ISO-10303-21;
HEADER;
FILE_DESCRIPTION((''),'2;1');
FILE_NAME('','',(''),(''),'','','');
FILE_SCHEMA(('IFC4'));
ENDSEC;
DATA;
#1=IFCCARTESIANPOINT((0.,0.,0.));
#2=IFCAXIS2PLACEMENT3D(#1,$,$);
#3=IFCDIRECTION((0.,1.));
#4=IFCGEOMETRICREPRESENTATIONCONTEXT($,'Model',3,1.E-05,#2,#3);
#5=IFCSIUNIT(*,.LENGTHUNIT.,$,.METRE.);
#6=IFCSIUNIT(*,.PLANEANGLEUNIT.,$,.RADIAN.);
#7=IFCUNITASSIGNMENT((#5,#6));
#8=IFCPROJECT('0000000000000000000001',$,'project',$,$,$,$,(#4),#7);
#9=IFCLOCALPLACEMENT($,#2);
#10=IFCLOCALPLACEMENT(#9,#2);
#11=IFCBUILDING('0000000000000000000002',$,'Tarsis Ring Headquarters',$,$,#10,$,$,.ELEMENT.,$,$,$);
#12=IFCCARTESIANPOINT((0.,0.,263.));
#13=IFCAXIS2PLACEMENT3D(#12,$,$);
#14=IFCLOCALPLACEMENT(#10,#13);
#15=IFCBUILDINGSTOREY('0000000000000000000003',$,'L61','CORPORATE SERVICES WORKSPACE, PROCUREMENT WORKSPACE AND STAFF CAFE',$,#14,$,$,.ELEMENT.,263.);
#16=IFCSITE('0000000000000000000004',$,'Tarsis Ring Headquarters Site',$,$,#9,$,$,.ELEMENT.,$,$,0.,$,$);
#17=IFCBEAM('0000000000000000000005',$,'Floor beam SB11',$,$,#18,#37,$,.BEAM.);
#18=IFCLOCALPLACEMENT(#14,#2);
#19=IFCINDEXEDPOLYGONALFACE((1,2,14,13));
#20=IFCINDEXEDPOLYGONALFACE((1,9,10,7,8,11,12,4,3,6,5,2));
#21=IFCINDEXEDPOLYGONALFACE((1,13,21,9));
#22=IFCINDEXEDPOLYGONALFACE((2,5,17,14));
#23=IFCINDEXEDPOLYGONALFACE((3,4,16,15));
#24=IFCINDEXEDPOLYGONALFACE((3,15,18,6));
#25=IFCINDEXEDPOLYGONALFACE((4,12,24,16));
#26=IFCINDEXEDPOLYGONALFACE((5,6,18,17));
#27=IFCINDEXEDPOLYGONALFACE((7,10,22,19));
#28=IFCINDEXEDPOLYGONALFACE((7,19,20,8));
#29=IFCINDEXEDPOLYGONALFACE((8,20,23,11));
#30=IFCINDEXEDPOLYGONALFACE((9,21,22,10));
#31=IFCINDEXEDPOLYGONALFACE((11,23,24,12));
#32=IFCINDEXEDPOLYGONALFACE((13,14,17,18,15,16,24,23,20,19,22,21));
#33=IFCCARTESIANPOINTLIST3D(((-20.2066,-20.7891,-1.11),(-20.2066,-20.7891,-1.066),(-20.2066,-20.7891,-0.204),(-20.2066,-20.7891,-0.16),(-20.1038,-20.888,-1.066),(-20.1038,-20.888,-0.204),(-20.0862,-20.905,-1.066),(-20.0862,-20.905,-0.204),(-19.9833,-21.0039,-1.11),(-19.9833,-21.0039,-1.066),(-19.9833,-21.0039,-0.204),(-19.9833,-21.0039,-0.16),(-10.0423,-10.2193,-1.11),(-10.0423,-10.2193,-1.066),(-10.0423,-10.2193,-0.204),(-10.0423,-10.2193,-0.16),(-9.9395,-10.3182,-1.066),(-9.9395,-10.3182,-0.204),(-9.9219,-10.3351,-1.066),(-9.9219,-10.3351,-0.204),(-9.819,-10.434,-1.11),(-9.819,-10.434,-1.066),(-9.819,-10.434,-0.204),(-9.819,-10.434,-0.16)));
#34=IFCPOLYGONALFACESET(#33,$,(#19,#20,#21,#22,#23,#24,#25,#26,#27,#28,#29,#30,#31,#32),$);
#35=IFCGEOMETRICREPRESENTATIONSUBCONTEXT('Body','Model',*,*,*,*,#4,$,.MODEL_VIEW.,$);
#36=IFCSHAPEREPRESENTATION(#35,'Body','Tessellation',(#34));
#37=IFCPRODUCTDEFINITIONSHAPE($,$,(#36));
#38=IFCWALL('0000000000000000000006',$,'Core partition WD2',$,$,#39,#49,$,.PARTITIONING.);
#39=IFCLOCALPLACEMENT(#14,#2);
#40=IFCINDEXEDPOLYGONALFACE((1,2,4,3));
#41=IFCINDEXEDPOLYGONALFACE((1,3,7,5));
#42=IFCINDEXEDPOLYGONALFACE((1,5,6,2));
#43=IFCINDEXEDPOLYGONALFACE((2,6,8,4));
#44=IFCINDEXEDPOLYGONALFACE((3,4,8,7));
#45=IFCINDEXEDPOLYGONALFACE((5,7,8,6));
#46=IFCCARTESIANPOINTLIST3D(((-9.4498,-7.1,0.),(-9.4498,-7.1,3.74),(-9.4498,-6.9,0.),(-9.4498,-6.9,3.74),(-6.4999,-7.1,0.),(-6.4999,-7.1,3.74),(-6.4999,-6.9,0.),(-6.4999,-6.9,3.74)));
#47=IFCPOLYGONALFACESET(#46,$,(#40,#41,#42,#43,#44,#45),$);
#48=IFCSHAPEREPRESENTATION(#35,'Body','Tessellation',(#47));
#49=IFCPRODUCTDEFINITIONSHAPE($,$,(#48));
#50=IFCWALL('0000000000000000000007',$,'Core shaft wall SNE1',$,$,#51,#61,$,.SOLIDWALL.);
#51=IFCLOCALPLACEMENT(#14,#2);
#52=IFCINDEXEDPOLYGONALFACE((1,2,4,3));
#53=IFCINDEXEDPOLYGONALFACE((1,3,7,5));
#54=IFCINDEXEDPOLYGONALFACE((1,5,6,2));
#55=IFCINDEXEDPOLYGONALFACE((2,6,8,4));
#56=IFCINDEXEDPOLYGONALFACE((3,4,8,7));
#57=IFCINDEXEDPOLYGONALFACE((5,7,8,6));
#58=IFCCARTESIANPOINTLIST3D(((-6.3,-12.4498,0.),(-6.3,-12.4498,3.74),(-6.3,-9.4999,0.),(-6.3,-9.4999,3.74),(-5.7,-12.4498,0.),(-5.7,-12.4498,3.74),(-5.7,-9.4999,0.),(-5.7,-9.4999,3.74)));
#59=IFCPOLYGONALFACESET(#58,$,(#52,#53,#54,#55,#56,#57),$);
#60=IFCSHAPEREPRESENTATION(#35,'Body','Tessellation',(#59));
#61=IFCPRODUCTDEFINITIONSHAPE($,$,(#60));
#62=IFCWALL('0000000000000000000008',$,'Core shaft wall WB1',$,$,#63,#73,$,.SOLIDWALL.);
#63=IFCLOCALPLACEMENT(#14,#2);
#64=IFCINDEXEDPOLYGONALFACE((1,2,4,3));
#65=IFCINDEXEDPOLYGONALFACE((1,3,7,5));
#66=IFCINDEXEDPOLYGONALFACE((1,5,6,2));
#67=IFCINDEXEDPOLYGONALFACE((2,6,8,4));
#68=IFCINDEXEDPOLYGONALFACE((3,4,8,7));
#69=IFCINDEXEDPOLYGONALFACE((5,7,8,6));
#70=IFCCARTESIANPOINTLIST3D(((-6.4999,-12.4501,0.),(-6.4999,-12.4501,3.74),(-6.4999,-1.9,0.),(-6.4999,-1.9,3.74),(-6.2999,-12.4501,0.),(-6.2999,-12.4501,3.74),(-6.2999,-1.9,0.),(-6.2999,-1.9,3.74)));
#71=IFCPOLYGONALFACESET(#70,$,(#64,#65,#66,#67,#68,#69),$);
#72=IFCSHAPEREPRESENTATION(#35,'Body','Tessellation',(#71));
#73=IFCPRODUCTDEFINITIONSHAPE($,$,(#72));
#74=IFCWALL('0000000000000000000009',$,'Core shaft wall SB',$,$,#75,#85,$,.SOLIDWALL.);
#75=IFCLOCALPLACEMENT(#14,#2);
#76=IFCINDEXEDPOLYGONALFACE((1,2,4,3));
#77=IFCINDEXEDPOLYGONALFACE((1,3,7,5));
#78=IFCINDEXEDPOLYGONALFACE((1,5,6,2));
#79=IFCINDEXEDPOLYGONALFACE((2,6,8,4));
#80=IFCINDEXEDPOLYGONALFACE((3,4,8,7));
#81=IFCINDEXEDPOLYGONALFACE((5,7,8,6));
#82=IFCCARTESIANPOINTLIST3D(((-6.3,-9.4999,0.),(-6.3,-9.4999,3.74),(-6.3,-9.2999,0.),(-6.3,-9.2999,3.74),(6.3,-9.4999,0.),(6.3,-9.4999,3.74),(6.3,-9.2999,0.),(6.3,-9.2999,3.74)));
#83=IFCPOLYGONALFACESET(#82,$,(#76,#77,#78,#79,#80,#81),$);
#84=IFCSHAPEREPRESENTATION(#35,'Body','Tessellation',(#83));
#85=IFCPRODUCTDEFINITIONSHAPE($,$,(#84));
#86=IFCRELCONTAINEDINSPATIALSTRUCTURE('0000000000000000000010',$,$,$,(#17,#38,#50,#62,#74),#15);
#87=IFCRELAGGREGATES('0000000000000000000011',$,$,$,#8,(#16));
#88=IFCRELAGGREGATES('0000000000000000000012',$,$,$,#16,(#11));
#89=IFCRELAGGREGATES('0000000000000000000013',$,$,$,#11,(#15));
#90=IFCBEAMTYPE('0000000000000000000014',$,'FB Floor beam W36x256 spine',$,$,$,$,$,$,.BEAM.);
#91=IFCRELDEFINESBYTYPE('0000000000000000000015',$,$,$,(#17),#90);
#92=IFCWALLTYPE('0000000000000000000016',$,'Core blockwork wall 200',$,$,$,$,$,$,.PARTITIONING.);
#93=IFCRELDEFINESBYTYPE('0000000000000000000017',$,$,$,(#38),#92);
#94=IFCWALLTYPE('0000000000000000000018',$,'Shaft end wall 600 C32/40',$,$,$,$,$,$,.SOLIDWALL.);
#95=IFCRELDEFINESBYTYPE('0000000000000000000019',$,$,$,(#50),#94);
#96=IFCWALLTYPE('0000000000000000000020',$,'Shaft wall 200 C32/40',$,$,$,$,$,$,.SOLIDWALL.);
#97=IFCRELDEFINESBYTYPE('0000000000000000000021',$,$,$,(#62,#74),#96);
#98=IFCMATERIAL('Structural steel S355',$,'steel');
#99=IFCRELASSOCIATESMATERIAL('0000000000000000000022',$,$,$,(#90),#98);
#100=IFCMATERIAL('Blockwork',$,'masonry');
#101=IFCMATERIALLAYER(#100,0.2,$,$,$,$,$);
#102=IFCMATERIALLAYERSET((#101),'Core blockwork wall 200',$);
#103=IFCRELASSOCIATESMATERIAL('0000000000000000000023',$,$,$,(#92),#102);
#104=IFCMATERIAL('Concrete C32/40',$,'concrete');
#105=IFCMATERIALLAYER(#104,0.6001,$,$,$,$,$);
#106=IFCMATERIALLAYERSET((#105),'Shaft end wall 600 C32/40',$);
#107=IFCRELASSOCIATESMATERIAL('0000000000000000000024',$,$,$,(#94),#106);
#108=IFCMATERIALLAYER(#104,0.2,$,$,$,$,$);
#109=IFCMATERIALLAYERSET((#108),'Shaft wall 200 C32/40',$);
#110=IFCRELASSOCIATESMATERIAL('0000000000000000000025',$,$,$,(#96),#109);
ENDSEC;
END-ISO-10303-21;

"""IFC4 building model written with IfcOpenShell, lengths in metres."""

from ifc_helpers import new_model, si_unit, direction, frame, frame_2d, origin, origin_2d, place, context, subcontext, project, spatial, rectangle, i_section, extrude, material, layer, layer_set, material_profile, profile_set, type_object, element, save


model = new_model("IFC4")

# Units and contexts
model_context = context("Model", 3, precision=1e-05, world=origin(), true_north=direction((0.0, 1.0)))
body_context = subcontext(model_context, "Body", "Model", "MODEL_VIEW")
ifc_project = project(units=[si_unit("LENGTHUNIT", "METRE"), si_unit("PLANEANGLEUNIT", "RADIAN")], contexts=[model_context])

# Site, building, storey
site_placement = place(None, origin())
site = spatial("IfcSite", under=ifc_project, at=site_placement, Name="Tarsis Ring Headquarters Site", CompositionType="ELEMENT", RefElevation=0.0)
building_placement = place(site_placement, origin())
building = spatial("IfcBuilding", under=site, at=building_placement, Name="Tarsis Ring Headquarters", CompositionType="ELEMENT")
storey_placement = place(building_placement, frame((0.0, 0.0, 263.0)))
storey = spatial("IfcBuildingStorey", under=building, at=storey_placement, Name="L61", Description="CORPORATE SERVICES WORKSPACE, PROCUREMENT WORKSPACE AND STAFF CAFE", CompositionType="ELEMENT", Elevation=263.0)

# Beam
ifc_material_1 = material(Name="Structural steel S355", Category="steel")
ifc_material_profile = material_profile(ifc_material_1, i_section(OverallWidth=0.3098, OverallDepth=0.95, WebThickness=0.0244, FlangeThickness=0.0439, at=origin_2d()), Name="W36x256")
ifc_profile_set = profile_set([ifc_material_profile], Name="Structural steel S355")
beam_type = type_object("IfcBeamType", Name="FB Floor beam W36x256 spine", PredefinedType="BEAM", material=ifc_profile_set)
beam_placement = place(storey_placement, frame((-9.9307, -10.3267, -0.635), z_axis=(-0.693145, -0.720799, 0.0), x_axis=(0.720799, -0.693145, 0.0)))
element("IfcBeam", 1, at=beam_placement, inside=storey, type_object=beam_type, Name="Floor beam SB11", PredefinedType="BEAM", context=body_context, shape_type="SweptSolid", body=[
    extrude(i_section(OverallWidth=0.3098, OverallDepth=0.95, WebThickness=0.0244, FlangeThickness=0.0439, at=origin_2d()), origin(), (0.0, 0.0, 1.0), 14.6641),
])

# Walls
ifc_material_2 = material(Name="Blockwork", Category="masonry")
ifc_layer_1 = layer(ifc_material_2, 0.2)
ifc_layer_set_1 = layer_set([ifc_layer_1], Name="Core blockwork wall 200")
wall_type_1 = type_object("IfcWallType", Name="Core blockwork wall 200", PredefinedType="PARTITIONING", material=ifc_layer_set_1)
wall_1_placement = place(storey_placement, frame((-9.45, -7.0, 0.0), z_axis=(0.0, 0.0, 1.0), x_axis=(1.0, 0.0, 0.0)))
element("IfcWall", 2, at=wall_1_placement, inside=storey, type_object=wall_type_1, Name="Core partition WD2", PredefinedType="PARTITIONING", context=body_context, shape_type="SweptSolid", body=[
    extrude(rectangle(XDim=2.95, YDim=0.2, at=frame_2d((1.4751, 0.0))), origin(), (0.0, 0.0, 1.0), 3.74),
])
ifc_material_3 = material(Name="Concrete C32/40", Category="concrete")
ifc_layer_2 = layer(ifc_material_3, 0.6001)
ifc_layer_set_2 = layer_set([ifc_layer_2], Name="Shaft end wall 600 C32/40")
wall_type_2 = type_object("IfcWallType", Name="Shaft end wall 600 C32/40", PredefinedType="SOLIDWALL", material=ifc_layer_set_2)
wall_2_placement = place(storey_placement, frame((-6.0, -12.45, 0.0), z_axis=(0.0, 0.0, 1.0), x_axis=(0.0, 1.0, 0.0)))
element("IfcWall", 3, at=wall_2_placement, inside=storey, type_object=wall_type_2, Name="Core shaft wall SNE1", PredefinedType="SOLIDWALL", context=body_context, shape_type="SweptSolid", body=[
    extrude(rectangle(XDim=2.95, YDim=0.6001, at=frame_2d((1.4751, 0.0))), origin(), (0.0, 0.0, 1.0), 3.74),
])
ifc_layer_3 = layer(ifc_material_3, 0.2)
ifc_layer_set_3 = layer_set([ifc_layer_3], Name="Shaft wall 200 C32/40")
wall_type_3 = type_object("IfcWallType", Name="Shaft wall 200 C32/40", PredefinedType="SOLIDWALL", material=ifc_layer_set_3)
wall_3_placement = place(storey_placement, frame((-6.3999, -12.45, 0.0), z_axis=(0.0, 0.0, 1.0), x_axis=(0.0, 1.0, 0.0)))
element("IfcWall", 4, at=wall_3_placement, inside=storey, type_object=wall_type_3, Name="Core shaft wall WB1", PredefinedType="SOLIDWALL", context=body_context, shape_type="SweptSolid", body=[
    extrude(rectangle(XDim=10.55, YDim=0.2, at=frame_2d((5.2749, 0.0))), origin(), (0.0, 0.0, 1.0), 3.74),
])
wall_4_placement = place(storey_placement, frame((-6.3, -9.3999, 0.0), z_axis=(0.0, 0.0, 1.0), x_axis=(1.0, 0.0, 0.0)))
element("IfcWall", 5, at=wall_4_placement, inside=storey, type_object=wall_type_3, Name="Core shaft wall SB", PredefinedType="SOLIDWALL", context=body_context, shape_type="SweptSolid", body=[
    extrude(rectangle(XDim=12.6001, YDim=0.2, at=frame_2d((6.3, 0.0))), origin(), (0.0, 0.0, 1.0), 3.74),
])

save(model, "model.ifc")
